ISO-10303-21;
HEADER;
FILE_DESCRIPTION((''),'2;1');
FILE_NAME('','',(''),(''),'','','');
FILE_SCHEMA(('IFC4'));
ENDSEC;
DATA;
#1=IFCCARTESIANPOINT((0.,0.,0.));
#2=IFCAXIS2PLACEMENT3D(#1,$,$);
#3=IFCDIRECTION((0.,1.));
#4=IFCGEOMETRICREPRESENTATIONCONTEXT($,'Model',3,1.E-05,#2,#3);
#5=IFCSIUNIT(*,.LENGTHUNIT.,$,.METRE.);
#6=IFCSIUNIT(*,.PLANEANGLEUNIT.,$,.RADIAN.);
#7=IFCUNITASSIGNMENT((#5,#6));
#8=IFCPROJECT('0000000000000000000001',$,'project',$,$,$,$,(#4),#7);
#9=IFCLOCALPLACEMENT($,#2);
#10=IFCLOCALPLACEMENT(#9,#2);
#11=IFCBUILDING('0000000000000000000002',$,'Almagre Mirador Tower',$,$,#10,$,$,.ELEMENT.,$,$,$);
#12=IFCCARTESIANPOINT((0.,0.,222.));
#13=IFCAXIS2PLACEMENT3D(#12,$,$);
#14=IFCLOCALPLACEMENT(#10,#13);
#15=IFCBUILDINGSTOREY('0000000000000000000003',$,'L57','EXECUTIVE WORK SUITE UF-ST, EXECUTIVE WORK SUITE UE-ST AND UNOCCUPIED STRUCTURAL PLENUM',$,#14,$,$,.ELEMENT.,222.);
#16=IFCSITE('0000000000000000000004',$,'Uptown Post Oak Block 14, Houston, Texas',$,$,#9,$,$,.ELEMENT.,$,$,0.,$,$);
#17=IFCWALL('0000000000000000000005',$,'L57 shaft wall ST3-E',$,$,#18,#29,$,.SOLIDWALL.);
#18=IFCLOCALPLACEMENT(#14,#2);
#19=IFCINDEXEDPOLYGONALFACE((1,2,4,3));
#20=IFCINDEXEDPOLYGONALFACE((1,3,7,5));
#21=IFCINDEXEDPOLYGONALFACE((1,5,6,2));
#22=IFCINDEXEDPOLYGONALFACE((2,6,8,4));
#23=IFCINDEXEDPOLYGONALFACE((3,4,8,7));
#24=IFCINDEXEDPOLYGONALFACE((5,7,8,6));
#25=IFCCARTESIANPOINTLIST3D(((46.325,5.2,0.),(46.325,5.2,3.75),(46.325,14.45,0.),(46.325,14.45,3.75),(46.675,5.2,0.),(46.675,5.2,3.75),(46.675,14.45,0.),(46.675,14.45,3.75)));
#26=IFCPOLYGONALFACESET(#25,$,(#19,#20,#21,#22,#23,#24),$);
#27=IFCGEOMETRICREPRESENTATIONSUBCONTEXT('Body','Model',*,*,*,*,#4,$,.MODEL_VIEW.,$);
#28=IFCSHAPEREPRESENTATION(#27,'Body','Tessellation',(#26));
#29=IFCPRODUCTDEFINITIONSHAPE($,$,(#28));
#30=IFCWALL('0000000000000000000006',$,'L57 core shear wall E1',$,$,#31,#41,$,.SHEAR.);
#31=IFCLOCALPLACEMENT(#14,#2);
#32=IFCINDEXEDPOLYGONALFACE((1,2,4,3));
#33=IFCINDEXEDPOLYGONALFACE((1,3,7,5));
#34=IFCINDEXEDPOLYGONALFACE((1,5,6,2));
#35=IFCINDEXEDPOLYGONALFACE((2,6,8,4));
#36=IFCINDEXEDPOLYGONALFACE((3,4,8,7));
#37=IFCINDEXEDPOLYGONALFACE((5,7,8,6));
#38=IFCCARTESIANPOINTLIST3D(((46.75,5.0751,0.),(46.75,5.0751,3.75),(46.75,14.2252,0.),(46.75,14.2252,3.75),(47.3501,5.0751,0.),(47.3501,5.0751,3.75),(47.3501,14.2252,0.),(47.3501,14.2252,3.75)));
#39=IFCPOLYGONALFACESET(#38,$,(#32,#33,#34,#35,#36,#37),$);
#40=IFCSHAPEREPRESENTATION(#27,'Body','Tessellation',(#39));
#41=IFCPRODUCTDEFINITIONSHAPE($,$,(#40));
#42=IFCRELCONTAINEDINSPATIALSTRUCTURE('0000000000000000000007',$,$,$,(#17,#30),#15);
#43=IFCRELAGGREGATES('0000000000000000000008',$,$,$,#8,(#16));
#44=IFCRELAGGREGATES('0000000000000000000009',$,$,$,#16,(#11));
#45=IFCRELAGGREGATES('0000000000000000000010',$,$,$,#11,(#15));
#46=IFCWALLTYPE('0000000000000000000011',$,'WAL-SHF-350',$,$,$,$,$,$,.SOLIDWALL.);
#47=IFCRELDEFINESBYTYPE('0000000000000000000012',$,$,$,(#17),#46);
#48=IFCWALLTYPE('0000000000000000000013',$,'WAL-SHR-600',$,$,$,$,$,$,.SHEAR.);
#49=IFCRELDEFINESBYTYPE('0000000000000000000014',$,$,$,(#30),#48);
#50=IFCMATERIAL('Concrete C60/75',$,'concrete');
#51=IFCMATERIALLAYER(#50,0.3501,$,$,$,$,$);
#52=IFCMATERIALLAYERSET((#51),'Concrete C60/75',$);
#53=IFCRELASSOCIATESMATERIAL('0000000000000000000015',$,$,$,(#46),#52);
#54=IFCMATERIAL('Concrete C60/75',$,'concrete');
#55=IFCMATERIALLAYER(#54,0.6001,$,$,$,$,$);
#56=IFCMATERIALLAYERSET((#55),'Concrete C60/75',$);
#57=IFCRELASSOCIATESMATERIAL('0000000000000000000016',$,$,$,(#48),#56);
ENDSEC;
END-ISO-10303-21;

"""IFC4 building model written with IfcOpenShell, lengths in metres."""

from ifc_helpers import new_model, si_unit, direction, frame, frame_2d, origin, place, context, subcontext, project, spatial, rectangle, extrude, material, layer, layer_set, type_object, element, save


model = new_model("IFC4")

# Units and contexts
model_context = context("Model", 3, precision=1e-05, world=origin(), true_north=direction((0.0, 1.0)))
body_context = subcontext(model_context, "Body", "Model", "MODEL_VIEW")
ifc_project = project(units=[si_unit("LENGTHUNIT", "METRE"), si_unit("PLANEANGLEUNIT", "RADIAN")], contexts=[model_context])

# Site, building, storey
site_placement = place(None, origin())
site = spatial("IfcSite", under=ifc_project, at=site_placement, Name="Uptown Post Oak Block 14, Houston, Texas", CompositionType="ELEMENT", RefElevation=0.0)
building_placement = place(site_placement, origin())
building = spatial("IfcBuilding", under=site, at=building_placement, Name="Almagre Mirador Tower", CompositionType="ELEMENT")
storey_placement = place(building_placement, frame((0.0, 0.0, 222.0)))
storey = spatial("IfcBuildingStorey", under=building, at=storey_placement, Name="L57", Description="EXECUTIVE WORK SUITE UF-ST, EXECUTIVE WORK SUITE UE-ST AND UNOCCUPIED STRUCTURAL PLENUM", CompositionType="ELEMENT", Elevation=222.0)

# Walls
ifc_material_1 = material(Name="Concrete C60/75", Category="concrete")
ifc_layer_1 = layer(ifc_material_1, 0.3501)
ifc_layer_set_1 = layer_set([ifc_layer_1], Name="Concrete C60/75")
wall_type_1 = type_object("IfcWallType", Name="WAL-SHF-350", PredefinedType="SOLIDWALL", material=ifc_layer_set_1)
wall_1_placement = place(storey_placement, frame((46.5, 5.2, 0.0), z_axis=(0.0, 0.0, 1.0), x_axis=(0.0, 1.0, 0.0)))
element("IfcWall", 1, at=wall_1_placement, inside=storey, type_object=wall_type_1, Name="L57 shaft wall ST3-E", PredefinedType="SOLIDWALL", context=body_context, shape_type="SweptSolid", body=[
    extrude(rectangle(XDim=9.25, YDim=0.3501, at=frame_2d((4.625, 0.0))), origin(), (0.0, 0.0, 1.0), 3.75),
])
ifc_material_2 = material(Name="Concrete C60/75", Category="concrete")
ifc_layer_2 = layer(ifc_material_2, 0.6001)
ifc_layer_set_2 = layer_set([ifc_layer_2], Name="Concrete C60/75")
wall_type_2 = type_object("IfcWallType", Name="WAL-SHR-600", PredefinedType="SHEAR", material=ifc_layer_set_2)
wall_2_placement = place(storey_placement, frame((47.05, 5.075, 0.0), z_axis=(0.0, 0.0, 1.0), x_axis=(0.0, 1.0, 0.0)))
element("IfcWall", 2, at=wall_2_placement, inside=storey, type_object=wall_type_2, Name="L57 core shear wall E1", PredefinedType="SHEAR", context=body_context, shape_type="SweptSolid", body=[
    extrude(rectangle(XDim=9.1501, YDim=0.6001, at=frame_2d((4.5752, 0.0))), origin(), (0.0, 0.0, 1.0), 3.75),
])

save(model, "model.ifc")
